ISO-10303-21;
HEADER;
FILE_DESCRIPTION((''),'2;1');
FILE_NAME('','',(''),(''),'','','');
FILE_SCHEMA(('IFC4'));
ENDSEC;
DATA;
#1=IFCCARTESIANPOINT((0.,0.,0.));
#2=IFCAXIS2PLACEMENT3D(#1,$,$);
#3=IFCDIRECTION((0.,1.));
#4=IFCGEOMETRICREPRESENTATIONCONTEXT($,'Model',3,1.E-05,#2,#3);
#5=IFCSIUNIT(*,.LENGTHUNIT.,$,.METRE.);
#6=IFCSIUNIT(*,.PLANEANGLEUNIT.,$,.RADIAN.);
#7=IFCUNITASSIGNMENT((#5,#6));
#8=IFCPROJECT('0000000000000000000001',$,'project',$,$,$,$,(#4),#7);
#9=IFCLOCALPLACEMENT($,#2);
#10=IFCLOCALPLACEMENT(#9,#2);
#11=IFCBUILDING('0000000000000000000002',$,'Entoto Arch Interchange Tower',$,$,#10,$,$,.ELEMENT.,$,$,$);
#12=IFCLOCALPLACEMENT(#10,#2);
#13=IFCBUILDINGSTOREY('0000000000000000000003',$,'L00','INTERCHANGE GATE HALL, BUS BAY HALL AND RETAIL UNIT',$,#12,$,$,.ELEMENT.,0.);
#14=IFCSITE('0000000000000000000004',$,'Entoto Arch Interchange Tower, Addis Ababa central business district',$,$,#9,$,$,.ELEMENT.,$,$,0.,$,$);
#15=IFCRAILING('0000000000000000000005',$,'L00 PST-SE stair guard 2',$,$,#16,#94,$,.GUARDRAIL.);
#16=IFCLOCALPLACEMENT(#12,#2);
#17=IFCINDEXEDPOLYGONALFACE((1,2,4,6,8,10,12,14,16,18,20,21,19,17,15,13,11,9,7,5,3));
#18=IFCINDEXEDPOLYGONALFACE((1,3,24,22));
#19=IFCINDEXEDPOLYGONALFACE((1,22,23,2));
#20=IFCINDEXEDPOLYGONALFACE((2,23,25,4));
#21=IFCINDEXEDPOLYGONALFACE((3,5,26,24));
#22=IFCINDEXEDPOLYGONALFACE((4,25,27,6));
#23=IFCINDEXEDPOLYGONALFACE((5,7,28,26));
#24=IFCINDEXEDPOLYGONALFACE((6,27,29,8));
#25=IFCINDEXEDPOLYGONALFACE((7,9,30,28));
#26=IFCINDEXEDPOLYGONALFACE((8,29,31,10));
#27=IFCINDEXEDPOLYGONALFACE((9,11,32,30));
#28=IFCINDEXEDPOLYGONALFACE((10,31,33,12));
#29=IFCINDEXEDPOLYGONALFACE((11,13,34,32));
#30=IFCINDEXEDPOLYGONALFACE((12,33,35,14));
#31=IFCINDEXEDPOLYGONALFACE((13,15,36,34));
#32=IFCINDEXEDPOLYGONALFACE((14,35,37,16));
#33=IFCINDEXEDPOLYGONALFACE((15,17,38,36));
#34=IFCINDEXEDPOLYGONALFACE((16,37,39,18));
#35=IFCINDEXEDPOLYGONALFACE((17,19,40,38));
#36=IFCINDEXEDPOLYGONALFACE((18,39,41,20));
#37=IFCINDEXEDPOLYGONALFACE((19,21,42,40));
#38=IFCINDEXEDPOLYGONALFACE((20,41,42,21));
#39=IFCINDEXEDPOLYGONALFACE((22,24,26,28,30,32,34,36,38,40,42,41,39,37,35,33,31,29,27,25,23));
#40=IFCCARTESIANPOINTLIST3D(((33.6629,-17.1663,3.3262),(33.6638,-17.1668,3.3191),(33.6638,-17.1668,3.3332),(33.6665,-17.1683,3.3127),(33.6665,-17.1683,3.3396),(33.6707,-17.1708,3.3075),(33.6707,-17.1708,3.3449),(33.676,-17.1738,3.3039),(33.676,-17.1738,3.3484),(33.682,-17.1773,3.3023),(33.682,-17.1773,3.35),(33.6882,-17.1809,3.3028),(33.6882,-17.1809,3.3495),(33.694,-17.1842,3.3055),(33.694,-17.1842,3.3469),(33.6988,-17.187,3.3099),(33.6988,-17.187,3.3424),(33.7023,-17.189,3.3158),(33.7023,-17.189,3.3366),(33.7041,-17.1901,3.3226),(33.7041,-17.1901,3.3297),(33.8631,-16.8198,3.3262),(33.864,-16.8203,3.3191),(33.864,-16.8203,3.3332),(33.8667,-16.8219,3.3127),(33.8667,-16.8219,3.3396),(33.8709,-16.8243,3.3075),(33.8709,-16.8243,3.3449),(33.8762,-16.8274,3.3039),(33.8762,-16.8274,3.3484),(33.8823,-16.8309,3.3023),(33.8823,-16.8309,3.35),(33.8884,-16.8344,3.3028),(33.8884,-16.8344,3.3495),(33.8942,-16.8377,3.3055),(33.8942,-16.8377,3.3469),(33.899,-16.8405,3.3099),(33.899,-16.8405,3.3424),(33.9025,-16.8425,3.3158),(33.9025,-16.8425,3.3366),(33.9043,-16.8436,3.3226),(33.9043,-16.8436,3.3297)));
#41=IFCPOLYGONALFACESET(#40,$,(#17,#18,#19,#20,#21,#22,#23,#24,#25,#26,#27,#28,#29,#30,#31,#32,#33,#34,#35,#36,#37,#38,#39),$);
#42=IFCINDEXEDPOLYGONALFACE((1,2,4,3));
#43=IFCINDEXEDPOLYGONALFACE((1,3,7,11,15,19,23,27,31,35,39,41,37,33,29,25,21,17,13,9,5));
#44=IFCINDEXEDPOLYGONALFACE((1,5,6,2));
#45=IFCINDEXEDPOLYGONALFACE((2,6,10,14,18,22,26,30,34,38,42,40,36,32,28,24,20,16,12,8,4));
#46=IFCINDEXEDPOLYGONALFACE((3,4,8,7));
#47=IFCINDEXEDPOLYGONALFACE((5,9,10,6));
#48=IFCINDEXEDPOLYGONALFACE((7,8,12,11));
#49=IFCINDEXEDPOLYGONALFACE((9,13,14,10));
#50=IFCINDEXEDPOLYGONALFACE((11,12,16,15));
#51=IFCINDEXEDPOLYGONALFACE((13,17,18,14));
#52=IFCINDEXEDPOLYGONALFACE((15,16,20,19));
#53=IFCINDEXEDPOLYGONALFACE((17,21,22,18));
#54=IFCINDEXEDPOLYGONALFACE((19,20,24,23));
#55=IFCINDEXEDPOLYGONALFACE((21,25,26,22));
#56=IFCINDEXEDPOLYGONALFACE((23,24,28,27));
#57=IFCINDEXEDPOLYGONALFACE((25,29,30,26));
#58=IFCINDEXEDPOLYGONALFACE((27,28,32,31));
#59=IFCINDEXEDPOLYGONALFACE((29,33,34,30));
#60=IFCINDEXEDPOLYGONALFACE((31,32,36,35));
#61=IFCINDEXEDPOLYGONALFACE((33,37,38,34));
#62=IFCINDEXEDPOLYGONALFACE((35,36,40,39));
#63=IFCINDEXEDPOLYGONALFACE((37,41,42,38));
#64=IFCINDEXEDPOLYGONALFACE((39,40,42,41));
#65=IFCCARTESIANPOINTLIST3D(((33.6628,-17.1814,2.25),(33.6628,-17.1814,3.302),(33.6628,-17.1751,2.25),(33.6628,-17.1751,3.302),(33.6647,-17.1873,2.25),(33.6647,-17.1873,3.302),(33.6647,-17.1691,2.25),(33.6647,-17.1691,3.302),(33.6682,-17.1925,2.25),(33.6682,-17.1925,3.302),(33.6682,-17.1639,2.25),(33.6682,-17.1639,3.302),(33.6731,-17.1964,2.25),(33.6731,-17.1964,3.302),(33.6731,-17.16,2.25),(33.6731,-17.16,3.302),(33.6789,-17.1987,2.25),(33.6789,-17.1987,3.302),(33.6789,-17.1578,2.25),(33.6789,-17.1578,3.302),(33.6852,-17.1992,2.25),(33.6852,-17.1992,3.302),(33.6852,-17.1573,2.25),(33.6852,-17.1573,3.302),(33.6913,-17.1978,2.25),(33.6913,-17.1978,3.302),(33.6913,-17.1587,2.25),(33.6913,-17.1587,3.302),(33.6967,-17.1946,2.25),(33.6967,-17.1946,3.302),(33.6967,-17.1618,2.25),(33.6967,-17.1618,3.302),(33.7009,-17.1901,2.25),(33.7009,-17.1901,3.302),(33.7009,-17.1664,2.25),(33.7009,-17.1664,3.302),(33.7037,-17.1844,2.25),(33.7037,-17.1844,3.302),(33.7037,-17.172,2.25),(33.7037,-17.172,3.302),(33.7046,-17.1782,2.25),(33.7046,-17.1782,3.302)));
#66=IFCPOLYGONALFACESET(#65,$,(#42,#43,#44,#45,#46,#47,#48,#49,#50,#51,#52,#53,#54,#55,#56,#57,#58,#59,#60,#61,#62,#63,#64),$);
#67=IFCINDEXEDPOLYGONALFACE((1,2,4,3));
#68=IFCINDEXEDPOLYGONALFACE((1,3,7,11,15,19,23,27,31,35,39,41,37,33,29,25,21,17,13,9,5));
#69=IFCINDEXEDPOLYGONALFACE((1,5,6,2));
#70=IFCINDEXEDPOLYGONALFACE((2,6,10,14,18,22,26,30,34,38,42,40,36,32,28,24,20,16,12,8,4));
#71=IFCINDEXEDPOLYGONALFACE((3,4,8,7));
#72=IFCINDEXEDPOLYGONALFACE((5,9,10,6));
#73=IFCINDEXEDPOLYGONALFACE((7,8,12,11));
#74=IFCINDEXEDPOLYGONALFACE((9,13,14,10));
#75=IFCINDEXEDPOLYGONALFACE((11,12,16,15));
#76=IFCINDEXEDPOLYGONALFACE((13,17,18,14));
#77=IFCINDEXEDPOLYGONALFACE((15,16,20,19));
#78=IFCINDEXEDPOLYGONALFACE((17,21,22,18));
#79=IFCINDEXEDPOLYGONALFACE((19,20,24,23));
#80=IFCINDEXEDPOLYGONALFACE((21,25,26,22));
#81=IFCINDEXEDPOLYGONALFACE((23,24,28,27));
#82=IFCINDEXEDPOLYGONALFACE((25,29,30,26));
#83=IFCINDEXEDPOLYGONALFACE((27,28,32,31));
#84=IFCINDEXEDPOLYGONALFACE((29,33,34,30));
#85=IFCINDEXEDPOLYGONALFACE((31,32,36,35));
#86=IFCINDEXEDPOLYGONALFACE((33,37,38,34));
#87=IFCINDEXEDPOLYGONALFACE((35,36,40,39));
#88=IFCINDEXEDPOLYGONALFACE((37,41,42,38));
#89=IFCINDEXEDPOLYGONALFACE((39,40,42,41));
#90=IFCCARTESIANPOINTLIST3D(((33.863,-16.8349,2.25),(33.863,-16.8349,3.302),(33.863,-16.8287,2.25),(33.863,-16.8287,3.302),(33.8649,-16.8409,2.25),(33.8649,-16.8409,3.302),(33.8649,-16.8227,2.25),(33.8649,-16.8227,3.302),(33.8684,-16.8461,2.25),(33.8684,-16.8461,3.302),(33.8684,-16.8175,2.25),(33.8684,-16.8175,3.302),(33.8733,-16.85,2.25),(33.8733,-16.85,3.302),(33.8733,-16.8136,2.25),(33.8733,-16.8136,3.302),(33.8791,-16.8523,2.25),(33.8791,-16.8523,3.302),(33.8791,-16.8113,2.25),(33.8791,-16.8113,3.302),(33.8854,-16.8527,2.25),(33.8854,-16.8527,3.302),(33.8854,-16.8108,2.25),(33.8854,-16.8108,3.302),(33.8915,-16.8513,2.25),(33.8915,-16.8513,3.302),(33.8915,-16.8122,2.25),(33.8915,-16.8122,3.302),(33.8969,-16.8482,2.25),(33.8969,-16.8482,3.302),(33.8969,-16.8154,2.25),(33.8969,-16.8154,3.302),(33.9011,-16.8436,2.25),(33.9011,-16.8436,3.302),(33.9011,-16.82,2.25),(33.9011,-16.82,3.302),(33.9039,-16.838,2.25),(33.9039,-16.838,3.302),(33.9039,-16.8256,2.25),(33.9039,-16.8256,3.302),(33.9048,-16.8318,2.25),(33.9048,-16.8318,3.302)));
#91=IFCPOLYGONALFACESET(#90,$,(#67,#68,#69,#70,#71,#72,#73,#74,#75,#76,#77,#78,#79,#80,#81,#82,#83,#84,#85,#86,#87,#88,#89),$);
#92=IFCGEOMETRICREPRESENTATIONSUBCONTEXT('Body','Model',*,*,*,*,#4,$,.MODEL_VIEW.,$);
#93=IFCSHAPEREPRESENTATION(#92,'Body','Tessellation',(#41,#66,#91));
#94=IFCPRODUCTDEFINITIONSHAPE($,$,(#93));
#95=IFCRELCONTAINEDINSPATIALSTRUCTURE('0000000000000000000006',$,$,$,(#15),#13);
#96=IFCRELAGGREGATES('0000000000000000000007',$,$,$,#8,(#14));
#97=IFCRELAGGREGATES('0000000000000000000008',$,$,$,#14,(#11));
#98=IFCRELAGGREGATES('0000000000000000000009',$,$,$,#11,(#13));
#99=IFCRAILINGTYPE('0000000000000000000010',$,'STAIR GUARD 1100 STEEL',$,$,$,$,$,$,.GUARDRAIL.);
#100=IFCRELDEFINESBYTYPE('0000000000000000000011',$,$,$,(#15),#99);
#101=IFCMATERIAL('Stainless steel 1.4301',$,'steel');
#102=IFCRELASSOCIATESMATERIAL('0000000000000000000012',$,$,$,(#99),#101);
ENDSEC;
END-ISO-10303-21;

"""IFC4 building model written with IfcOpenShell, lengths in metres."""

from ifc_helpers import new_model, si_unit, direction, frame, origin, origin_2d, place, context, subcontext, project, spatial, circle, extrude, material, type_object, element, save


model = new_model("IFC4")

# Units and contexts
model_context = context("Model", 3, precision=1e-05, world=origin(), true_north=direction((0.0, 1.0)))
body_context = subcontext(model_context, "Body", "Model", "MODEL_VIEW")
ifc_project = project(units=[si_unit("LENGTHUNIT", "METRE"), si_unit("PLANEANGLEUNIT", "RADIAN")], contexts=[model_context])

# Site, building, storey
site_placement = place(None, origin())
site = spatial("IfcSite", under=ifc_project, at=site_placement, Name="Entoto Arch Interchange Tower, Addis Ababa central business district", CompositionType="ELEMENT", RefElevation=0.0)
building_placement = place(site_placement, origin())
building = spatial("IfcBuilding", under=site, at=building_placement, Name="Entoto Arch Interchange Tower", CompositionType="ELEMENT")
storey_placement = place(building_placement, origin())
storey = spatial("IfcBuildingStorey", under=building, at=storey_placement, Name="L00", Description="INTERCHANGE GATE HALL, BUS BAY HALL AND RETAIL UNIT", CompositionType="ELEMENT", Elevation=0.0)

# Railing
ifc_material_1 = material(Name="Stainless steel 1.4301", Category="steel")
railing_type_1 = type_object("IfcRailingType", Name="STAIR GUARD 1100 STEEL", PredefinedType="GUARDRAIL", material=ifc_material_1)
railing_1_placement = place(storey_placement, frame((33.6836, -17.1782, 2.25)))
element("IfcRailing", 1, at=railing_1_placement, inside=storey, type_object=railing_type_1, Name="L00 PST-SE stair guard 2", PredefinedType="GUARDRAIL", context=body_context, shape_type="SweptSolid", body=[
    extrude(circle(Radius=0.0239, at=origin_2d()), frame((0.0, 0.0, 1.0762), z_axis=(0.500339, 0.86583, 0.0), x_axis=(-0.86583, 0.500339, 0.0)), (0.0, 0.0, 1.0), 0.4001),
    extrude(circle(Radius=0.021, at=origin_2d()), origin(), (0.0, 0.0, 1.0), 1.052),
    extrude(circle(Radius=0.021, at=origin_2d()), frame((0.2002, 0.3464, 0.0)), (0.0, 0.0, 1.0), 1.052),
])

save(model, "model.ifc")
